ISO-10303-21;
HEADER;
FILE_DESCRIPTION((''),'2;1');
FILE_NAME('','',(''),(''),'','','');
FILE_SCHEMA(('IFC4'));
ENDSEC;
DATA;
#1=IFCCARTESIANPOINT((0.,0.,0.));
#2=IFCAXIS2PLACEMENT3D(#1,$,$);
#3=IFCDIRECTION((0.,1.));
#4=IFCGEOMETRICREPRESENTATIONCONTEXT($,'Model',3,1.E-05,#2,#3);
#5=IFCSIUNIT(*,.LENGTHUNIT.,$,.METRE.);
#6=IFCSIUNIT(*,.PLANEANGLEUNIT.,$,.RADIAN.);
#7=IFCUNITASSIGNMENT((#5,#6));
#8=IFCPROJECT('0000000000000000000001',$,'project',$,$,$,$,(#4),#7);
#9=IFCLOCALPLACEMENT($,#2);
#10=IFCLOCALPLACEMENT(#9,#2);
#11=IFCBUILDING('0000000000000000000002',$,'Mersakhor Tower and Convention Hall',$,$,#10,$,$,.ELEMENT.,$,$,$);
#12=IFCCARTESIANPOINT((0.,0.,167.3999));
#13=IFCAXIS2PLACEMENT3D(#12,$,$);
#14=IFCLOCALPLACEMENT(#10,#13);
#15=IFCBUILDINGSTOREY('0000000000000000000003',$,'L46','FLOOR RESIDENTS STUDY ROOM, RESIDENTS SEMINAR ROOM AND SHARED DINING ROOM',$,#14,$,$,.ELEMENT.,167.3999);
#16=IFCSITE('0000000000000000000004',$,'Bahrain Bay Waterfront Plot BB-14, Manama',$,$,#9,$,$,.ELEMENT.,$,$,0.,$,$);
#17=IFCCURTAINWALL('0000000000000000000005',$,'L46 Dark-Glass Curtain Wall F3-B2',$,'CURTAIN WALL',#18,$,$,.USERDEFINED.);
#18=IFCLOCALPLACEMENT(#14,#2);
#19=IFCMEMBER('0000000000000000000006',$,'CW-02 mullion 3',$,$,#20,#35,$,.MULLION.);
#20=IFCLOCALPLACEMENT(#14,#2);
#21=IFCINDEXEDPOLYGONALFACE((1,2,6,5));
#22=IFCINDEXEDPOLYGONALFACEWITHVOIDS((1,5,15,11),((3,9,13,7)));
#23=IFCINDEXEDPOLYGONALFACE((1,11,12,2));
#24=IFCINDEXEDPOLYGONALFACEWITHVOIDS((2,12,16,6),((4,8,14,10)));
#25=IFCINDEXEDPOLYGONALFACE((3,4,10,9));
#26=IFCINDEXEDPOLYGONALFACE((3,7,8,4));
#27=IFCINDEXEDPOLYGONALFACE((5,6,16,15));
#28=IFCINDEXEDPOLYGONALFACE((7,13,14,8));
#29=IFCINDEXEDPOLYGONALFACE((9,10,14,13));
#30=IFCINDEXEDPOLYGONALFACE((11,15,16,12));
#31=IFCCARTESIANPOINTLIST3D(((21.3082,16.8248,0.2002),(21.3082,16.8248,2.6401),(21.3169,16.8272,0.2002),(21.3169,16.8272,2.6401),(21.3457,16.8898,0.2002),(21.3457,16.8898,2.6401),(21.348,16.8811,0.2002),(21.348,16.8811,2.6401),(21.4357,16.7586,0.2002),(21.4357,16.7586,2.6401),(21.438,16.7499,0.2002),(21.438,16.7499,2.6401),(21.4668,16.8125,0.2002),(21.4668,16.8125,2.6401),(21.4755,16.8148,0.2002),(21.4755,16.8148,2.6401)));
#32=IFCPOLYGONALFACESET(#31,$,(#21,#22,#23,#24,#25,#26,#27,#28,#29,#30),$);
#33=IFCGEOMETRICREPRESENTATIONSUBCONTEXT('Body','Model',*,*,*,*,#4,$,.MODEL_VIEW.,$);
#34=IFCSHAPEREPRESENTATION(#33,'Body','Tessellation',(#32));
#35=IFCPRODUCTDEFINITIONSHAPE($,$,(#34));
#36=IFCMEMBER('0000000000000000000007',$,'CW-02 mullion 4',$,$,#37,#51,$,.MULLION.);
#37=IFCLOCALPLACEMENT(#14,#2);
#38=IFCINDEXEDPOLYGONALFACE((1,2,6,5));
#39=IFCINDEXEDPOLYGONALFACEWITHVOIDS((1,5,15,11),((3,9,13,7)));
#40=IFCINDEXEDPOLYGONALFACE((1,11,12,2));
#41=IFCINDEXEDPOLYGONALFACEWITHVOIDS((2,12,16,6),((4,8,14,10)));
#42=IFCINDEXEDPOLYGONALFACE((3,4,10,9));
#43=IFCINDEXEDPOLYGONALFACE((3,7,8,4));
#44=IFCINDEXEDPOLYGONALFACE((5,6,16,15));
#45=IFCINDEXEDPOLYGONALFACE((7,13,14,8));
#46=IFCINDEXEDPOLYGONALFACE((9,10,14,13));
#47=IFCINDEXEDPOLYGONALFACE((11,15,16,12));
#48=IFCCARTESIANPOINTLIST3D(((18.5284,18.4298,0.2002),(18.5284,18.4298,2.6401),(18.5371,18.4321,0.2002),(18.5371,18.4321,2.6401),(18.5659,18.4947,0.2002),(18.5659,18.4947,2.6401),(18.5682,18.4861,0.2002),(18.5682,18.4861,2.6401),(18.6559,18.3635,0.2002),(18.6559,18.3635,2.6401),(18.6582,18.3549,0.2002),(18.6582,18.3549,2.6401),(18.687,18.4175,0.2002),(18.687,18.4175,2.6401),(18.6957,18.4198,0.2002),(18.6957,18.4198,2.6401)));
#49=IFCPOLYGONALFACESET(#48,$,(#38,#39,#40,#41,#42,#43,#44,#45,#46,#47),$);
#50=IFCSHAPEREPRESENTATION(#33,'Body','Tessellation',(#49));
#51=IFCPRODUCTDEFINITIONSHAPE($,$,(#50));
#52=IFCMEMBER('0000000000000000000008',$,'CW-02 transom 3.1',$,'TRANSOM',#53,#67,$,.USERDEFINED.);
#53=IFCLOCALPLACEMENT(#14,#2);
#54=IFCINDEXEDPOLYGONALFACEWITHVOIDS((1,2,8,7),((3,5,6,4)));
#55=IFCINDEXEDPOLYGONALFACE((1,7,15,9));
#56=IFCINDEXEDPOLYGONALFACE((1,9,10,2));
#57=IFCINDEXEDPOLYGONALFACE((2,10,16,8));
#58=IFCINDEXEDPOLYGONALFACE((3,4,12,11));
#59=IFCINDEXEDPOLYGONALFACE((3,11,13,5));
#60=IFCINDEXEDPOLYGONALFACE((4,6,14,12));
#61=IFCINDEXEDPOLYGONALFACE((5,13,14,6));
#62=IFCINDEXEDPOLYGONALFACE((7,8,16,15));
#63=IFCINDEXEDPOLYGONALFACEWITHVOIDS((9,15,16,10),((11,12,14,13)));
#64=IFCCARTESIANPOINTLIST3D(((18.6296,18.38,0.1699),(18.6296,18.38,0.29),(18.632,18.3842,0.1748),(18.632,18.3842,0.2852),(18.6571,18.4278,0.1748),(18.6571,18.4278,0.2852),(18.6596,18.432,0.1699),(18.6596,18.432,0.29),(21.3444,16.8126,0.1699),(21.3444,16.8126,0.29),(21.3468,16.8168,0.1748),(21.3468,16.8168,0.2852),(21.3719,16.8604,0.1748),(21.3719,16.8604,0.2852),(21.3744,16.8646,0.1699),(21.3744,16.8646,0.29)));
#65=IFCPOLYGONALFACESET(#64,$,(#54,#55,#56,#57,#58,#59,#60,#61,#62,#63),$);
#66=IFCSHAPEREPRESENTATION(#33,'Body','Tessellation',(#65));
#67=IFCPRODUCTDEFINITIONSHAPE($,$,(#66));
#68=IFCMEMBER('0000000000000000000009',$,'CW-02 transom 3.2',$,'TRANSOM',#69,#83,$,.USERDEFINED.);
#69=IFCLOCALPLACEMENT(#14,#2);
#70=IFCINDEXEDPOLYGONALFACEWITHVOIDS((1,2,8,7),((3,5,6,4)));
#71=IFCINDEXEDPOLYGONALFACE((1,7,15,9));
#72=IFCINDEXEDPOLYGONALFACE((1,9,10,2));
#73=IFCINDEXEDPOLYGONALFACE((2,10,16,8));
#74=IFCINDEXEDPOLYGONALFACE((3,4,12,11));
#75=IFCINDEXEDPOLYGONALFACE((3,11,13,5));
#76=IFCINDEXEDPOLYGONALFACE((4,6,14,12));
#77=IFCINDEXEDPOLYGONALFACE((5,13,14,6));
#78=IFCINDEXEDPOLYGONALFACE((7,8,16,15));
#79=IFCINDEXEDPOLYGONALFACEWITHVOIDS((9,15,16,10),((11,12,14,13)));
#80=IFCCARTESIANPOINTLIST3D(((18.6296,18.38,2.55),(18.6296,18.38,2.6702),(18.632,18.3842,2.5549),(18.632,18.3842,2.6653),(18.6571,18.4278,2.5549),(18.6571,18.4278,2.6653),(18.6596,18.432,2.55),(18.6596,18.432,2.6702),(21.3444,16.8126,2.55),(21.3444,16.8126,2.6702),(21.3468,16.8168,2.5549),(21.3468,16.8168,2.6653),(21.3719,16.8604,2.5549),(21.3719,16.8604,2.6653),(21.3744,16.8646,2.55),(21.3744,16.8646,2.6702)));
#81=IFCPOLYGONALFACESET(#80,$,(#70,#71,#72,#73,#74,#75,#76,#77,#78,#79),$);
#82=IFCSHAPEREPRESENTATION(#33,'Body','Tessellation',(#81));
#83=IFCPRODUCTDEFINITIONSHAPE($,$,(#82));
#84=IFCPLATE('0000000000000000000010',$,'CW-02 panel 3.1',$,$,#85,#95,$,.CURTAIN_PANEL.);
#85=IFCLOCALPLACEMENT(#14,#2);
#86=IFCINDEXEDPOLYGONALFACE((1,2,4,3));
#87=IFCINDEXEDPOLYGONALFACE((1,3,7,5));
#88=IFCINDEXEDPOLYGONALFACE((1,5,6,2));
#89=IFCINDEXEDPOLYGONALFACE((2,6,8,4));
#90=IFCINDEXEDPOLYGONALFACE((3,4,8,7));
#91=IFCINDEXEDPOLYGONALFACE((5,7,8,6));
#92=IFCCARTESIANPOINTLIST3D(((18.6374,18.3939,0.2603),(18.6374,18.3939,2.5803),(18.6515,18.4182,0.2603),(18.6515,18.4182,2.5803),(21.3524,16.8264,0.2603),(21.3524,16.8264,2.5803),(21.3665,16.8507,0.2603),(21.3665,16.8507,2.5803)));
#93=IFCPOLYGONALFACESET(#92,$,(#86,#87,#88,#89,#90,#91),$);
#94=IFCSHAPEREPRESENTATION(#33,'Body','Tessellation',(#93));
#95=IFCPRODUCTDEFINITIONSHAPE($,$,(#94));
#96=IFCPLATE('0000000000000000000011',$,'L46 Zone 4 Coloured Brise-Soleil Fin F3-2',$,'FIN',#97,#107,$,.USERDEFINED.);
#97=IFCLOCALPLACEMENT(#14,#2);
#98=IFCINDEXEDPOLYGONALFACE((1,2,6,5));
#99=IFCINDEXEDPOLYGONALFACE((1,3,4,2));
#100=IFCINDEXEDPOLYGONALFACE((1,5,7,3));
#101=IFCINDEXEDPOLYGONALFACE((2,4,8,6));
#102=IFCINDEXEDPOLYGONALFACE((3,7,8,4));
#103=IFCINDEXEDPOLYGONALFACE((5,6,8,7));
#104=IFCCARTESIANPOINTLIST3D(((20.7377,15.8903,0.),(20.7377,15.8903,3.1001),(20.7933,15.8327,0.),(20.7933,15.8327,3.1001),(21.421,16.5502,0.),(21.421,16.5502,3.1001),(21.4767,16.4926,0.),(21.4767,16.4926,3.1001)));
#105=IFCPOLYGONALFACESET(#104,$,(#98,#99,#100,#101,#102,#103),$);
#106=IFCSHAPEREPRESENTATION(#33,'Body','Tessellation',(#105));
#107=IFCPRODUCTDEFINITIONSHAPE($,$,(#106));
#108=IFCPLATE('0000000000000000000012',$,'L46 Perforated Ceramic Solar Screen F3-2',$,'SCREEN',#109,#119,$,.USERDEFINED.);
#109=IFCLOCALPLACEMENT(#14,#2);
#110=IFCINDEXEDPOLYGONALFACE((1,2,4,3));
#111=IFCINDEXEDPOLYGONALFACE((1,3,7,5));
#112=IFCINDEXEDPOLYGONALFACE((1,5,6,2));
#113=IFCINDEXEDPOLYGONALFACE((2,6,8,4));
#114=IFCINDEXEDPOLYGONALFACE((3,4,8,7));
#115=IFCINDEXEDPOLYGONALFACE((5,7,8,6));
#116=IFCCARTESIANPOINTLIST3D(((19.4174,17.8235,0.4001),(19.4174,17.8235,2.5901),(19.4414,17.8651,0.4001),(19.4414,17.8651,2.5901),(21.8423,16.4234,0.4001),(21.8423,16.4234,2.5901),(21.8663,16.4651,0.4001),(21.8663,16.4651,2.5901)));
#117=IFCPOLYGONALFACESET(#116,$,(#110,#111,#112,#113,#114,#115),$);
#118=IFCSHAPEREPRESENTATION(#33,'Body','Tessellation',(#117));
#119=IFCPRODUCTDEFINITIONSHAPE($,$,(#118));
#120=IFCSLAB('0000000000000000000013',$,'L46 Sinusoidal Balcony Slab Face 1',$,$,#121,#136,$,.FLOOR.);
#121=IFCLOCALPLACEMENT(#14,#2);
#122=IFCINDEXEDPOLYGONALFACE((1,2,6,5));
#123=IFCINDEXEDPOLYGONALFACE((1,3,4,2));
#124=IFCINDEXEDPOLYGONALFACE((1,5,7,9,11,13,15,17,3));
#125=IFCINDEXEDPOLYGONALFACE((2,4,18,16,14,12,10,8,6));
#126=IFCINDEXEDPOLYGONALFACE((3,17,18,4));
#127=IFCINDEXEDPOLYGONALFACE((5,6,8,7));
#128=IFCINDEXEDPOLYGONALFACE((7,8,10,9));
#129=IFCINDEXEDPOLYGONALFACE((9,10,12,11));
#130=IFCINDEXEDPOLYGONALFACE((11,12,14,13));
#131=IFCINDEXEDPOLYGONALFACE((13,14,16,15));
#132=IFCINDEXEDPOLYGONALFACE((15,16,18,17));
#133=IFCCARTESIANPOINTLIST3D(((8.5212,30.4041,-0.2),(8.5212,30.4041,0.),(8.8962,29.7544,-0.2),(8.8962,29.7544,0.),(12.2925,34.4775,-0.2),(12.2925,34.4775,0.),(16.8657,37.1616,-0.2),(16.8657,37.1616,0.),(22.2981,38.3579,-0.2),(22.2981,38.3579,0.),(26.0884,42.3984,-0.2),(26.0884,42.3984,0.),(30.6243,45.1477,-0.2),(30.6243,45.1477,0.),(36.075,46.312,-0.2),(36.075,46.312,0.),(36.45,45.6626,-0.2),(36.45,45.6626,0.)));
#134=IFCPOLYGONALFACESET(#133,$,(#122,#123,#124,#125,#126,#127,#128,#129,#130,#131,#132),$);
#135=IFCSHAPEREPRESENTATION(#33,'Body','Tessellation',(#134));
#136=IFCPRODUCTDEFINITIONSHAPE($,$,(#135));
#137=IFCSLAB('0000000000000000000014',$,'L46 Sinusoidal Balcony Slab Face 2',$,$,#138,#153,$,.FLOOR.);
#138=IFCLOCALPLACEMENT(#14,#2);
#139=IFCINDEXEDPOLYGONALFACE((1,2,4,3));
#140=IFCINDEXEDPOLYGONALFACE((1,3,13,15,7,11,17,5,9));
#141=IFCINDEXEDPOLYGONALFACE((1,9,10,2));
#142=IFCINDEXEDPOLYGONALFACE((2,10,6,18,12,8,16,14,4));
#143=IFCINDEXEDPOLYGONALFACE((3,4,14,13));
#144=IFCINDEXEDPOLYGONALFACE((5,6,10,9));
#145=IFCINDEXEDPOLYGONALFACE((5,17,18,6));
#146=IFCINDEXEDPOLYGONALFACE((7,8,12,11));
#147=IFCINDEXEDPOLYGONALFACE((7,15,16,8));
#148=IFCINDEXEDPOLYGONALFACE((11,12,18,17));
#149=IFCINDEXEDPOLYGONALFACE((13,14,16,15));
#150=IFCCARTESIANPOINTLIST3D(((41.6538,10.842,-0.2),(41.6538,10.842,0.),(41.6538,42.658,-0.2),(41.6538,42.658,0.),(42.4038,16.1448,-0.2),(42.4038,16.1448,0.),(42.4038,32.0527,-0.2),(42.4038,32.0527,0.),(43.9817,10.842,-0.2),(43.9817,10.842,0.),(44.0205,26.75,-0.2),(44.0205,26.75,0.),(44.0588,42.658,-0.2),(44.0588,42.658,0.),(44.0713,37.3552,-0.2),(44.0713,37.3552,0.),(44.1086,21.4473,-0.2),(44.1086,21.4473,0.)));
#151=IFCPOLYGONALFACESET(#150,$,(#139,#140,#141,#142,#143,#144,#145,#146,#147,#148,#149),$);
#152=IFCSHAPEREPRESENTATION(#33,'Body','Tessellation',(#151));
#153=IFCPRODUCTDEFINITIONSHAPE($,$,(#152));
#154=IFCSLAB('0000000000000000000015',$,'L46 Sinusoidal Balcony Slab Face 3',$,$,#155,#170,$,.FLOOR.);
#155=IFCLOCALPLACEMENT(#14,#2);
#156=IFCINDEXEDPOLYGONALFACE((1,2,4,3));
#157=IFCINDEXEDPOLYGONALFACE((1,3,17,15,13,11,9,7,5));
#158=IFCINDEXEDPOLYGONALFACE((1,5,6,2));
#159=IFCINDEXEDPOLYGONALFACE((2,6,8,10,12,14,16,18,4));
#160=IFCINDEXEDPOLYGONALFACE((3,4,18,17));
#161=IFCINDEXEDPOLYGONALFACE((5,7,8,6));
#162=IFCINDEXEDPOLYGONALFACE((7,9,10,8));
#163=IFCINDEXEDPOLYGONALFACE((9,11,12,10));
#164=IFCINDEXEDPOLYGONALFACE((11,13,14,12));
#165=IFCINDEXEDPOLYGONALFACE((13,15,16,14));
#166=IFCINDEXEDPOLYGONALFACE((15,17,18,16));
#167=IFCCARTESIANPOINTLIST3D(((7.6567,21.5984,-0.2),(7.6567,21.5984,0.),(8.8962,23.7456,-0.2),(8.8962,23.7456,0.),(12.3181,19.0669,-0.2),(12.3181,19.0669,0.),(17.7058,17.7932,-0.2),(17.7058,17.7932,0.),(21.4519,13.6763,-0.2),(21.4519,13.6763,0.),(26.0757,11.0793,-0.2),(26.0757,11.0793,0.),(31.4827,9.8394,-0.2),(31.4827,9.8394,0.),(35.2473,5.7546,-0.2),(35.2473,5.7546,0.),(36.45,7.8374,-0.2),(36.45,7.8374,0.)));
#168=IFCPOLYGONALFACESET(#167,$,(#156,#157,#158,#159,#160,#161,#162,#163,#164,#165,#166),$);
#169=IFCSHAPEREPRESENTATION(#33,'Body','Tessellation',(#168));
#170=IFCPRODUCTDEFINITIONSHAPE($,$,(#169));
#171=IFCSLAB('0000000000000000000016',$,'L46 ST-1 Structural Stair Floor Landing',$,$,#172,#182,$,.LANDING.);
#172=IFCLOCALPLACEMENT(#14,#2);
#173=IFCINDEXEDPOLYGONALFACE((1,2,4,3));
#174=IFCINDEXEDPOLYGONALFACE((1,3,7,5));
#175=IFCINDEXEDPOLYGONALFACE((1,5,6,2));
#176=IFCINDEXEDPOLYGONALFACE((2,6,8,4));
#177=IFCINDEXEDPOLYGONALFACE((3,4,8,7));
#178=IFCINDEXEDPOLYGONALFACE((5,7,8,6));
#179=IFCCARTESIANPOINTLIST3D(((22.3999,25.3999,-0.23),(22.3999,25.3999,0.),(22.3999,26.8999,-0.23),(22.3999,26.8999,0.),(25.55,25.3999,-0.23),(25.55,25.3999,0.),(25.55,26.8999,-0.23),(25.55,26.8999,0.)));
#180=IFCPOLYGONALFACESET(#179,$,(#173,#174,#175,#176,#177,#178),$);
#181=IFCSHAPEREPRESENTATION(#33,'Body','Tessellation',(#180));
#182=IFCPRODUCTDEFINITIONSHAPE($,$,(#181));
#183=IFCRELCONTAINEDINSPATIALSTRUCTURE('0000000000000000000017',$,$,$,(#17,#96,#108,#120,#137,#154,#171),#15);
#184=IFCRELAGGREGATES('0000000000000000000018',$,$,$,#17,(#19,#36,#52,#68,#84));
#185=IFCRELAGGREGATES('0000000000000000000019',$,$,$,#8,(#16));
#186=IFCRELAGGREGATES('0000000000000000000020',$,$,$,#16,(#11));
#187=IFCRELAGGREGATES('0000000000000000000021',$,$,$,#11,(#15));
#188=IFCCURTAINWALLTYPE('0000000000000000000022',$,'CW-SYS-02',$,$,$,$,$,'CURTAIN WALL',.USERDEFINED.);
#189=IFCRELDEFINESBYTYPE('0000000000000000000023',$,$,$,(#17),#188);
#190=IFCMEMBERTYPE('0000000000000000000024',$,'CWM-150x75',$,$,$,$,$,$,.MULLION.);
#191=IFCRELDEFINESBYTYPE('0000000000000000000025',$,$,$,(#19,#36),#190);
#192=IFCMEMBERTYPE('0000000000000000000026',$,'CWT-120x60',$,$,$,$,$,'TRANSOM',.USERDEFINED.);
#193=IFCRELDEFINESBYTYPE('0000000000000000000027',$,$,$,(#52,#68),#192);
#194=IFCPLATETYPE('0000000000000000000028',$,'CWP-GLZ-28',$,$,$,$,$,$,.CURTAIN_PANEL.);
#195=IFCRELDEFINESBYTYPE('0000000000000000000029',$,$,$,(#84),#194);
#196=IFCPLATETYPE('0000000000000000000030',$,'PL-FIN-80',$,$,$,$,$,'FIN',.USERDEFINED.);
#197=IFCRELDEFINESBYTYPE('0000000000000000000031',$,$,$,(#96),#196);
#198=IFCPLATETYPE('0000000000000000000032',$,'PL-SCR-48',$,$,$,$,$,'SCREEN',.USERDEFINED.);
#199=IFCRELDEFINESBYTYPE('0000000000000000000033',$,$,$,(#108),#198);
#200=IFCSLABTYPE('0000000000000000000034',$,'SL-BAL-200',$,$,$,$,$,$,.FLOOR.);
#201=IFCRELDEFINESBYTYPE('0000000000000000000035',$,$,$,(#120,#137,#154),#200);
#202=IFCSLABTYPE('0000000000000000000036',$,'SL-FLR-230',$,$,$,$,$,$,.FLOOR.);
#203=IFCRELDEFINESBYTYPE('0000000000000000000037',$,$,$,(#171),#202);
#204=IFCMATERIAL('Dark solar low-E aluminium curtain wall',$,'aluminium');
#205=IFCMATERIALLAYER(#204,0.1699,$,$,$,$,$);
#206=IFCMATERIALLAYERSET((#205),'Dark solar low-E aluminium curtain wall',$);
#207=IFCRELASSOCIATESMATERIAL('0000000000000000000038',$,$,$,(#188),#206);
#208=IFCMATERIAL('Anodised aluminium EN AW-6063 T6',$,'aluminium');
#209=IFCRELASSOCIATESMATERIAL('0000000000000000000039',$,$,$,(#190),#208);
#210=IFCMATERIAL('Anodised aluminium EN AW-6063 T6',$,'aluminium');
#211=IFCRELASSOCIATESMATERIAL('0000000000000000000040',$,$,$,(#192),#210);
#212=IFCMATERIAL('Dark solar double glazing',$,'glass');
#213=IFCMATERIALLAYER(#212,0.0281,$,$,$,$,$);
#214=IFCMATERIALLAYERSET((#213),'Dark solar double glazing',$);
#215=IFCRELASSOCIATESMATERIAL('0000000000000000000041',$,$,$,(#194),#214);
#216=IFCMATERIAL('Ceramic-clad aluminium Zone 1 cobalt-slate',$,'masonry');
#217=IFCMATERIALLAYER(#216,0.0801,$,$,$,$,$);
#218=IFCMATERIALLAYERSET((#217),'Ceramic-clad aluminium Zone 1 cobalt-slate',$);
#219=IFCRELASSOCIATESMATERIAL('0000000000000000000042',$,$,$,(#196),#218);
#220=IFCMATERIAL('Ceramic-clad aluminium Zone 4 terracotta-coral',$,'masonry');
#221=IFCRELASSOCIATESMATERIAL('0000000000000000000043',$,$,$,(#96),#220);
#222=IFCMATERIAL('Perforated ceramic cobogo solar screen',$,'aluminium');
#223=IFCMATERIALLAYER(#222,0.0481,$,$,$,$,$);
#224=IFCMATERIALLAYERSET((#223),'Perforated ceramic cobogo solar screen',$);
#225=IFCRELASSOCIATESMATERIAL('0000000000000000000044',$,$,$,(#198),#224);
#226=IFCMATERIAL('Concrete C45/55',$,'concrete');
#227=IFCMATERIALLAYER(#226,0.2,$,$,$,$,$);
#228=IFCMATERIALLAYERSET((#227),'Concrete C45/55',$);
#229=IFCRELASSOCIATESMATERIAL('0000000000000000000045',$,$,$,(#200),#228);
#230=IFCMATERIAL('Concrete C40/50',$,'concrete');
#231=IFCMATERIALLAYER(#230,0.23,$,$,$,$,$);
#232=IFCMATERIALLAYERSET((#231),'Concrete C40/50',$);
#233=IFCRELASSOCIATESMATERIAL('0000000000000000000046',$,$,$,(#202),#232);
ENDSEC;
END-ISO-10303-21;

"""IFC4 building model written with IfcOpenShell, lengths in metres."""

from ifc_helpers import new_model, si_unit, direction, frame, origin, origin_2d, place, context, subcontext, project, spatial, polyline, rectangle, hollow_rectangle, outline, extrude, material, layer, layer_set, material_profile, profile_set, type_object, element, aggregate, save


model = new_model("IFC4")

# Units and contexts
model_context = context("Model", 3, precision=1e-05, world=origin(), true_north=direction((0.0, 1.0)))
body_context = subcontext(model_context, "Body", "Model", "MODEL_VIEW")
ifc_project = project(units=[si_unit("LENGTHUNIT", "METRE"), si_unit("PLANEANGLEUNIT", "RADIAN")], contexts=[model_context])

# Site, building, storey
site_placement = place(None, origin())
site = spatial("IfcSite", under=ifc_project, at=site_placement, Name="Bahrain Bay Waterfront Plot BB-14, Manama", CompositionType="ELEMENT", RefElevation=0.0)
building_placement = place(site_placement, origin())
building = spatial("IfcBuilding", under=site, at=building_placement, Name="Mersakhor Tower and Convention Hall", CompositionType="ELEMENT")
storey_placement = place(building_placement, frame((0.0, 0.0, 167.3999)))
storey = spatial("IfcBuildingStorey", under=building, at=storey_placement, Name="L46", Description="FLOOR RESIDENTS STUDY ROOM, RESIDENTS SEMINAR ROOM AND SHARED DINING ROOM", CompositionType="ELEMENT", Elevation=167.3999)

# Curtain wall, members, plate
ifc_material_1 = material(Name="Dark solar low-E aluminium curtain wall", Category="aluminium")
ifc_layer_1 = layer(ifc_material_1, 0.1699)
ifc_layer_set_1 = layer_set([ifc_layer_1], Name="Dark solar low-E aluminium curtain wall")
curtain_wall_type = type_object("IfcCurtainWallType", Name="CW-SYS-02", ElementType="CURTAIN WALL", PredefinedType="USERDEFINED", material=ifc_layer_set_1)
curtain_wall_placement = place(storey_placement, origin())
curtain_wall = element("IfcCurtainWall", 1, at=curtain_wall_placement, inside=storey, type_object=curtain_wall_type, Name="L46 Dark-Glass Curtain Wall F3-B2", ObjectType="CURTAIN WALL", PredefinedType="USERDEFINED")
ifc_material_2 = material(Name="Anodised aluminium EN AW-6063 T6", Category="aluminium")
ifc_material_profile_1 = material_profile(ifc_material_2, hollow_rectangle(XDim=0.075, YDim=0.1499, WallThickness=0.0063, at=origin_2d()), Name="RHS 150x75x6.3")
ifc_profile_set_1 = profile_set([ifc_material_profile_1], Name="Anodised aluminium EN AW-6063 T6")
member_type_1 = type_object("IfcMemberType", Name="CWM-150x75", PredefinedType="MULLION", material=ifc_profile_set_1)
member_1_placement = place(storey_placement, frame((21.3918, 16.8198, 0.2002), z_axis=(0.0, 0.0, 1.0), x_axis=(-0.499998, -0.866026, 0.0)))
member_1 = element("IfcMember", 2, at=member_1_placement, type_object=member_type_1, Name="CW-02 mullion 3", PredefinedType="MULLION", context=body_context, shape_type="SweptSolid", body=[
    extrude(hollow_rectangle(XDim=0.075, YDim=0.1499, WallThickness=0.0063, at=origin_2d()), origin(), (0.0, 0.0, 1.0), 2.4399),
])
member_2_placement = place(storey_placement, frame((18.6121, 18.4248, 0.2002), z_axis=(0.0, 0.0, 1.0), x_axis=(-0.499998, -0.866026, 0.0)))
member_2 = element("IfcMember", 3, at=member_2_placement, type_object=member_type_1, Name="CW-02 mullion 4", PredefinedType="MULLION", context=body_context, shape_type="SweptSolid", body=[
    extrude(hollow_rectangle(XDim=0.075, YDim=0.1499, WallThickness=0.0063, at=origin_2d()), origin(), (0.0, 0.0, 1.0), 2.4399),
])
ifc_material_3 = material(Name="Anodised aluminium EN AW-6063 T6", Category="aluminium")
ifc_material_profile_2 = material_profile(ifc_material_3, hollow_rectangle(XDim=0.0601, YDim=0.1201, WallThickness=0.0049, at=origin_2d()), Name="RHS 120x60x5")
ifc_profile_set_2 = profile_set([ifc_material_profile_2], Name="Anodised aluminium EN AW-6063 T6")
member_type_2 = type_object("IfcMemberType", Name="CWT-120x60", ElementType="TRANSOM", PredefinedType="USERDEFINED", material=ifc_profile_set_2)
member_3_placement = place(storey_placement, frame((21.3594, 16.8386, 0.23), z_axis=(-0.86603, 0.499992, 0.0), x_axis=(-0.499992, -0.86603, 0.0)))
member_3 = element("IfcMember", 4, at=member_3_placement, type_object=member_type_2, Name="CW-02 transom 3.1", ObjectType="TRANSOM", PredefinedType="USERDEFINED", context=body_context, shape_type="SweptSolid", body=[
    extrude(hollow_rectangle(XDim=0.0601, YDim=0.1201, WallThickness=0.0049, at=origin_2d()), origin(), (0.0, 0.0, 1.0), 3.1348),
])
member_4_placement = place(storey_placement, frame((21.3594, 16.8386, 2.6101), z_axis=(-0.86603, 0.499992, 0.0), x_axis=(-0.499992, -0.86603, 0.0)))
member_4 = element("IfcMember", 5, at=member_4_placement, type_object=member_type_2, Name="CW-02 transom 3.2", ObjectType="TRANSOM", PredefinedType="USERDEFINED", context=body_context, shape_type="SweptSolid", body=[
    extrude(hollow_rectangle(XDim=0.0601, YDim=0.1201, WallThickness=0.0049, at=origin_2d()), origin(), (0.0, 0.0, 1.0), 3.1348),
])
ifc_material_4 = material(Name="Dark solar double glazing", Category="glass")
ifc_layer_2 = layer(ifc_material_4, 0.0281)
ifc_layer_set_2 = layer_set([ifc_layer_2], Name="Dark solar double glazing")
plate_type_1 = type_object("IfcPlateType", Name="CWP-GLZ-28", PredefinedType="CURTAIN_PANEL", material=ifc_layer_set_2)
plate_1_placement = place(storey_placement, frame((20.002, 17.6223, 0.2603), z_axis=(0.0, 0.0, 1.0), x_axis=(-0.866026, 0.499998, 0.0)))
plate_1 = element("IfcPlate", 6, at=plate_1_placement, type_object=plate_type_1, Name="CW-02 panel 3.1", PredefinedType="CURTAIN_PANEL", context=body_context, shape_type="SweptSolid", body=[
    extrude(rectangle(XDim=3.135, YDim=0.0281, at=origin_2d()), origin(), (0.0, 0.0, 1.0), 2.3201),
])
aggregate(curtain_wall, [member_1, member_2, member_3, member_4, plate_1])

# Plates
ifc_material_5 = material(Name="Ceramic-clad aluminium Zone 4 terracotta-coral", Category="masonry")
ifc_material_6 = material(Name="Ceramic-clad aluminium Zone 1 cobalt-slate", Category="masonry")
ifc_layer_3 = layer(ifc_material_6, 0.0801)
ifc_layer_set_3 = layer_set([ifc_layer_3], Name="Ceramic-clad aluminium Zone 1 cobalt-slate")
plate_type_2 = type_object("IfcPlateType", Name="PL-FIN-80", ElementType="FIN", PredefinedType="USERDEFINED", material=ifc_layer_set_3)
plate_2_placement = place(storey_placement, frame((21.1072, 16.1914, 0.0), z_axis=(0.0, 0.0, 1.0), x_axis=(-0.71934, -0.694658, 0.0)))
element("IfcPlate", 7, at=plate_2_placement, inside=storey, type_object=plate_type_2, material=ifc_material_5, Name="L46 Zone 4 Coloured Brise-Soleil Fin F3-2", ObjectType="FIN", PredefinedType="USERDEFINED", context=body_context, shape_type="SweptSolid", body=[
    extrude(rectangle(XDim=0.95, YDim=0.0801, at=origin_2d()), origin(), (0.0, 0.0, 1.0), 3.1001),
])
ifc_material_7 = material(Name="Perforated ceramic cobogo solar screen", Category="aluminium")
ifc_layer_4 = layer(ifc_material_7, 0.0481)
ifc_layer_set_4 = layer_set([ifc_layer_4], Name="Perforated ceramic cobogo solar screen")
plate_type_3 = type_object("IfcPlateType", Name="PL-SCR-48", ElementType="SCREEN", PredefinedType="USERDEFINED", material=ifc_layer_set_4)
plate_3_placement = place(storey_placement, frame((20.6418, 17.1443, 0.4001), z_axis=(0.0, 0.0, 1.0), x_axis=(-0.866025, 0.5, 0.0)))
element("IfcPlate", 8, at=plate_3_placement, inside=storey, type_object=plate_type_3, Name="L46 Perforated Ceramic Solar Screen F3-2", ObjectType="SCREEN", PredefinedType="USERDEFINED", context=body_context, shape_type="SweptSolid", body=[
    extrude(rectangle(XDim=2.8, YDim=0.0481, at=origin_2d()), origin(), (0.0, 0.0, 1.0), 2.1899),
])

# Slabs
ifc_material_8 = material(Name="Concrete C45/55", Category="concrete")
ifc_layer_5 = layer(ifc_material_8, 0.2)
ifc_layer_set_5 = layer_set([ifc_layer_5], Name="Concrete C45/55")
slab_type_1 = type_object("IfcSlabType", Name="SL-BAL-200", PredefinedType="FLOOR", material=ifc_layer_set_5)
slab_1_placement = place(storey_placement, frame((0.0, 0.0, -0.2)))
element("IfcSlab", 9, at=slab_1_placement, inside=storey, type_object=slab_type_1, Name="L46 Sinusoidal Balcony Slab Face 1", PredefinedType="FLOOR", context=body_context, shape_type="SweptSolid", body=[
    extrude(outline(polyline([(8.8962, 29.7544), (36.45, 45.6626), (36.075, 46.312), (30.6243, 45.1477), (26.0884, 42.3984), (22.2981, 38.3579), (16.8657, 37.1616), (12.2925, 34.4775), (8.5212, 30.4041), (8.8962, 29.7544)])), origin(), (0.0, 0.0, 1.0), 0.2),
])
slab_2_placement = place(storey_placement, frame((0.0, 0.0, -0.2)))
element("IfcSlab", 10, at=slab_2_placement, inside=storey, type_object=slab_type_1, Name="L46 Sinusoidal Balcony Slab Face 2", PredefinedType="FLOOR", context=body_context, shape_type="SweptSolid", body=[
    extrude(outline(polyline([(41.6538, 42.658), (41.6538, 10.842), (43.9817, 10.842), (42.4038, 16.1448), (44.1086, 21.4473), (44.0205, 26.75), (42.4038, 32.0527), (44.0713, 37.3552), (44.0588, 42.658), (41.6538, 42.658)])), origin(), (0.0, 0.0, 1.0), 0.2),
])
slab_3_placement = place(storey_placement, frame((0.0, 0.0, -0.2)))
element("IfcSlab", 11, at=slab_3_placement, inside=storey, type_object=slab_type_1, Name="L46 Sinusoidal Balcony Slab Face 3", PredefinedType="FLOOR", context=body_context, shape_type="SweptSolid", body=[
    extrude(outline(polyline([(36.45, 7.8374), (8.8962, 23.7456), (7.6567, 21.5984), (12.3181, 19.0669), (17.7058, 17.7932), (21.4519, 13.6763), (26.0757, 11.0793), (31.4827, 9.8394), (35.2473, 5.7546), (36.45, 7.8374)])), origin(), (0.0, 0.0, 1.0), 0.2),
])
ifc_material_9 = material(Name="Concrete C40/50", Category="concrete")
ifc_layer_6 = layer(ifc_material_9, 0.23)
ifc_layer_set_6 = layer_set([ifc_layer_6], Name="Concrete C40/50")
slab_type_2 = type_object("IfcSlabType", Name="SL-FLR-230", PredefinedType="FLOOR", material=ifc_layer_set_6)
slab_4_placement = place(storey_placement, frame((0.0, 0.0, -0.23)))
element("IfcSlab", 12, at=slab_4_placement, inside=storey, type_object=slab_type_2, Name="L46 ST-1 Structural Stair Floor Landing", PredefinedType="LANDING", context=body_context, shape_type="SweptSolid", body=[
    extrude(outline(polyline([(25.55, 25.3999), (25.55, 26.8999), (22.3999, 26.8999), (22.3999, 25.3999), (25.55, 25.3999)])), origin(), (0.0, 0.0, 1.0), 0.23),
])

save(model, "model.ifc")
